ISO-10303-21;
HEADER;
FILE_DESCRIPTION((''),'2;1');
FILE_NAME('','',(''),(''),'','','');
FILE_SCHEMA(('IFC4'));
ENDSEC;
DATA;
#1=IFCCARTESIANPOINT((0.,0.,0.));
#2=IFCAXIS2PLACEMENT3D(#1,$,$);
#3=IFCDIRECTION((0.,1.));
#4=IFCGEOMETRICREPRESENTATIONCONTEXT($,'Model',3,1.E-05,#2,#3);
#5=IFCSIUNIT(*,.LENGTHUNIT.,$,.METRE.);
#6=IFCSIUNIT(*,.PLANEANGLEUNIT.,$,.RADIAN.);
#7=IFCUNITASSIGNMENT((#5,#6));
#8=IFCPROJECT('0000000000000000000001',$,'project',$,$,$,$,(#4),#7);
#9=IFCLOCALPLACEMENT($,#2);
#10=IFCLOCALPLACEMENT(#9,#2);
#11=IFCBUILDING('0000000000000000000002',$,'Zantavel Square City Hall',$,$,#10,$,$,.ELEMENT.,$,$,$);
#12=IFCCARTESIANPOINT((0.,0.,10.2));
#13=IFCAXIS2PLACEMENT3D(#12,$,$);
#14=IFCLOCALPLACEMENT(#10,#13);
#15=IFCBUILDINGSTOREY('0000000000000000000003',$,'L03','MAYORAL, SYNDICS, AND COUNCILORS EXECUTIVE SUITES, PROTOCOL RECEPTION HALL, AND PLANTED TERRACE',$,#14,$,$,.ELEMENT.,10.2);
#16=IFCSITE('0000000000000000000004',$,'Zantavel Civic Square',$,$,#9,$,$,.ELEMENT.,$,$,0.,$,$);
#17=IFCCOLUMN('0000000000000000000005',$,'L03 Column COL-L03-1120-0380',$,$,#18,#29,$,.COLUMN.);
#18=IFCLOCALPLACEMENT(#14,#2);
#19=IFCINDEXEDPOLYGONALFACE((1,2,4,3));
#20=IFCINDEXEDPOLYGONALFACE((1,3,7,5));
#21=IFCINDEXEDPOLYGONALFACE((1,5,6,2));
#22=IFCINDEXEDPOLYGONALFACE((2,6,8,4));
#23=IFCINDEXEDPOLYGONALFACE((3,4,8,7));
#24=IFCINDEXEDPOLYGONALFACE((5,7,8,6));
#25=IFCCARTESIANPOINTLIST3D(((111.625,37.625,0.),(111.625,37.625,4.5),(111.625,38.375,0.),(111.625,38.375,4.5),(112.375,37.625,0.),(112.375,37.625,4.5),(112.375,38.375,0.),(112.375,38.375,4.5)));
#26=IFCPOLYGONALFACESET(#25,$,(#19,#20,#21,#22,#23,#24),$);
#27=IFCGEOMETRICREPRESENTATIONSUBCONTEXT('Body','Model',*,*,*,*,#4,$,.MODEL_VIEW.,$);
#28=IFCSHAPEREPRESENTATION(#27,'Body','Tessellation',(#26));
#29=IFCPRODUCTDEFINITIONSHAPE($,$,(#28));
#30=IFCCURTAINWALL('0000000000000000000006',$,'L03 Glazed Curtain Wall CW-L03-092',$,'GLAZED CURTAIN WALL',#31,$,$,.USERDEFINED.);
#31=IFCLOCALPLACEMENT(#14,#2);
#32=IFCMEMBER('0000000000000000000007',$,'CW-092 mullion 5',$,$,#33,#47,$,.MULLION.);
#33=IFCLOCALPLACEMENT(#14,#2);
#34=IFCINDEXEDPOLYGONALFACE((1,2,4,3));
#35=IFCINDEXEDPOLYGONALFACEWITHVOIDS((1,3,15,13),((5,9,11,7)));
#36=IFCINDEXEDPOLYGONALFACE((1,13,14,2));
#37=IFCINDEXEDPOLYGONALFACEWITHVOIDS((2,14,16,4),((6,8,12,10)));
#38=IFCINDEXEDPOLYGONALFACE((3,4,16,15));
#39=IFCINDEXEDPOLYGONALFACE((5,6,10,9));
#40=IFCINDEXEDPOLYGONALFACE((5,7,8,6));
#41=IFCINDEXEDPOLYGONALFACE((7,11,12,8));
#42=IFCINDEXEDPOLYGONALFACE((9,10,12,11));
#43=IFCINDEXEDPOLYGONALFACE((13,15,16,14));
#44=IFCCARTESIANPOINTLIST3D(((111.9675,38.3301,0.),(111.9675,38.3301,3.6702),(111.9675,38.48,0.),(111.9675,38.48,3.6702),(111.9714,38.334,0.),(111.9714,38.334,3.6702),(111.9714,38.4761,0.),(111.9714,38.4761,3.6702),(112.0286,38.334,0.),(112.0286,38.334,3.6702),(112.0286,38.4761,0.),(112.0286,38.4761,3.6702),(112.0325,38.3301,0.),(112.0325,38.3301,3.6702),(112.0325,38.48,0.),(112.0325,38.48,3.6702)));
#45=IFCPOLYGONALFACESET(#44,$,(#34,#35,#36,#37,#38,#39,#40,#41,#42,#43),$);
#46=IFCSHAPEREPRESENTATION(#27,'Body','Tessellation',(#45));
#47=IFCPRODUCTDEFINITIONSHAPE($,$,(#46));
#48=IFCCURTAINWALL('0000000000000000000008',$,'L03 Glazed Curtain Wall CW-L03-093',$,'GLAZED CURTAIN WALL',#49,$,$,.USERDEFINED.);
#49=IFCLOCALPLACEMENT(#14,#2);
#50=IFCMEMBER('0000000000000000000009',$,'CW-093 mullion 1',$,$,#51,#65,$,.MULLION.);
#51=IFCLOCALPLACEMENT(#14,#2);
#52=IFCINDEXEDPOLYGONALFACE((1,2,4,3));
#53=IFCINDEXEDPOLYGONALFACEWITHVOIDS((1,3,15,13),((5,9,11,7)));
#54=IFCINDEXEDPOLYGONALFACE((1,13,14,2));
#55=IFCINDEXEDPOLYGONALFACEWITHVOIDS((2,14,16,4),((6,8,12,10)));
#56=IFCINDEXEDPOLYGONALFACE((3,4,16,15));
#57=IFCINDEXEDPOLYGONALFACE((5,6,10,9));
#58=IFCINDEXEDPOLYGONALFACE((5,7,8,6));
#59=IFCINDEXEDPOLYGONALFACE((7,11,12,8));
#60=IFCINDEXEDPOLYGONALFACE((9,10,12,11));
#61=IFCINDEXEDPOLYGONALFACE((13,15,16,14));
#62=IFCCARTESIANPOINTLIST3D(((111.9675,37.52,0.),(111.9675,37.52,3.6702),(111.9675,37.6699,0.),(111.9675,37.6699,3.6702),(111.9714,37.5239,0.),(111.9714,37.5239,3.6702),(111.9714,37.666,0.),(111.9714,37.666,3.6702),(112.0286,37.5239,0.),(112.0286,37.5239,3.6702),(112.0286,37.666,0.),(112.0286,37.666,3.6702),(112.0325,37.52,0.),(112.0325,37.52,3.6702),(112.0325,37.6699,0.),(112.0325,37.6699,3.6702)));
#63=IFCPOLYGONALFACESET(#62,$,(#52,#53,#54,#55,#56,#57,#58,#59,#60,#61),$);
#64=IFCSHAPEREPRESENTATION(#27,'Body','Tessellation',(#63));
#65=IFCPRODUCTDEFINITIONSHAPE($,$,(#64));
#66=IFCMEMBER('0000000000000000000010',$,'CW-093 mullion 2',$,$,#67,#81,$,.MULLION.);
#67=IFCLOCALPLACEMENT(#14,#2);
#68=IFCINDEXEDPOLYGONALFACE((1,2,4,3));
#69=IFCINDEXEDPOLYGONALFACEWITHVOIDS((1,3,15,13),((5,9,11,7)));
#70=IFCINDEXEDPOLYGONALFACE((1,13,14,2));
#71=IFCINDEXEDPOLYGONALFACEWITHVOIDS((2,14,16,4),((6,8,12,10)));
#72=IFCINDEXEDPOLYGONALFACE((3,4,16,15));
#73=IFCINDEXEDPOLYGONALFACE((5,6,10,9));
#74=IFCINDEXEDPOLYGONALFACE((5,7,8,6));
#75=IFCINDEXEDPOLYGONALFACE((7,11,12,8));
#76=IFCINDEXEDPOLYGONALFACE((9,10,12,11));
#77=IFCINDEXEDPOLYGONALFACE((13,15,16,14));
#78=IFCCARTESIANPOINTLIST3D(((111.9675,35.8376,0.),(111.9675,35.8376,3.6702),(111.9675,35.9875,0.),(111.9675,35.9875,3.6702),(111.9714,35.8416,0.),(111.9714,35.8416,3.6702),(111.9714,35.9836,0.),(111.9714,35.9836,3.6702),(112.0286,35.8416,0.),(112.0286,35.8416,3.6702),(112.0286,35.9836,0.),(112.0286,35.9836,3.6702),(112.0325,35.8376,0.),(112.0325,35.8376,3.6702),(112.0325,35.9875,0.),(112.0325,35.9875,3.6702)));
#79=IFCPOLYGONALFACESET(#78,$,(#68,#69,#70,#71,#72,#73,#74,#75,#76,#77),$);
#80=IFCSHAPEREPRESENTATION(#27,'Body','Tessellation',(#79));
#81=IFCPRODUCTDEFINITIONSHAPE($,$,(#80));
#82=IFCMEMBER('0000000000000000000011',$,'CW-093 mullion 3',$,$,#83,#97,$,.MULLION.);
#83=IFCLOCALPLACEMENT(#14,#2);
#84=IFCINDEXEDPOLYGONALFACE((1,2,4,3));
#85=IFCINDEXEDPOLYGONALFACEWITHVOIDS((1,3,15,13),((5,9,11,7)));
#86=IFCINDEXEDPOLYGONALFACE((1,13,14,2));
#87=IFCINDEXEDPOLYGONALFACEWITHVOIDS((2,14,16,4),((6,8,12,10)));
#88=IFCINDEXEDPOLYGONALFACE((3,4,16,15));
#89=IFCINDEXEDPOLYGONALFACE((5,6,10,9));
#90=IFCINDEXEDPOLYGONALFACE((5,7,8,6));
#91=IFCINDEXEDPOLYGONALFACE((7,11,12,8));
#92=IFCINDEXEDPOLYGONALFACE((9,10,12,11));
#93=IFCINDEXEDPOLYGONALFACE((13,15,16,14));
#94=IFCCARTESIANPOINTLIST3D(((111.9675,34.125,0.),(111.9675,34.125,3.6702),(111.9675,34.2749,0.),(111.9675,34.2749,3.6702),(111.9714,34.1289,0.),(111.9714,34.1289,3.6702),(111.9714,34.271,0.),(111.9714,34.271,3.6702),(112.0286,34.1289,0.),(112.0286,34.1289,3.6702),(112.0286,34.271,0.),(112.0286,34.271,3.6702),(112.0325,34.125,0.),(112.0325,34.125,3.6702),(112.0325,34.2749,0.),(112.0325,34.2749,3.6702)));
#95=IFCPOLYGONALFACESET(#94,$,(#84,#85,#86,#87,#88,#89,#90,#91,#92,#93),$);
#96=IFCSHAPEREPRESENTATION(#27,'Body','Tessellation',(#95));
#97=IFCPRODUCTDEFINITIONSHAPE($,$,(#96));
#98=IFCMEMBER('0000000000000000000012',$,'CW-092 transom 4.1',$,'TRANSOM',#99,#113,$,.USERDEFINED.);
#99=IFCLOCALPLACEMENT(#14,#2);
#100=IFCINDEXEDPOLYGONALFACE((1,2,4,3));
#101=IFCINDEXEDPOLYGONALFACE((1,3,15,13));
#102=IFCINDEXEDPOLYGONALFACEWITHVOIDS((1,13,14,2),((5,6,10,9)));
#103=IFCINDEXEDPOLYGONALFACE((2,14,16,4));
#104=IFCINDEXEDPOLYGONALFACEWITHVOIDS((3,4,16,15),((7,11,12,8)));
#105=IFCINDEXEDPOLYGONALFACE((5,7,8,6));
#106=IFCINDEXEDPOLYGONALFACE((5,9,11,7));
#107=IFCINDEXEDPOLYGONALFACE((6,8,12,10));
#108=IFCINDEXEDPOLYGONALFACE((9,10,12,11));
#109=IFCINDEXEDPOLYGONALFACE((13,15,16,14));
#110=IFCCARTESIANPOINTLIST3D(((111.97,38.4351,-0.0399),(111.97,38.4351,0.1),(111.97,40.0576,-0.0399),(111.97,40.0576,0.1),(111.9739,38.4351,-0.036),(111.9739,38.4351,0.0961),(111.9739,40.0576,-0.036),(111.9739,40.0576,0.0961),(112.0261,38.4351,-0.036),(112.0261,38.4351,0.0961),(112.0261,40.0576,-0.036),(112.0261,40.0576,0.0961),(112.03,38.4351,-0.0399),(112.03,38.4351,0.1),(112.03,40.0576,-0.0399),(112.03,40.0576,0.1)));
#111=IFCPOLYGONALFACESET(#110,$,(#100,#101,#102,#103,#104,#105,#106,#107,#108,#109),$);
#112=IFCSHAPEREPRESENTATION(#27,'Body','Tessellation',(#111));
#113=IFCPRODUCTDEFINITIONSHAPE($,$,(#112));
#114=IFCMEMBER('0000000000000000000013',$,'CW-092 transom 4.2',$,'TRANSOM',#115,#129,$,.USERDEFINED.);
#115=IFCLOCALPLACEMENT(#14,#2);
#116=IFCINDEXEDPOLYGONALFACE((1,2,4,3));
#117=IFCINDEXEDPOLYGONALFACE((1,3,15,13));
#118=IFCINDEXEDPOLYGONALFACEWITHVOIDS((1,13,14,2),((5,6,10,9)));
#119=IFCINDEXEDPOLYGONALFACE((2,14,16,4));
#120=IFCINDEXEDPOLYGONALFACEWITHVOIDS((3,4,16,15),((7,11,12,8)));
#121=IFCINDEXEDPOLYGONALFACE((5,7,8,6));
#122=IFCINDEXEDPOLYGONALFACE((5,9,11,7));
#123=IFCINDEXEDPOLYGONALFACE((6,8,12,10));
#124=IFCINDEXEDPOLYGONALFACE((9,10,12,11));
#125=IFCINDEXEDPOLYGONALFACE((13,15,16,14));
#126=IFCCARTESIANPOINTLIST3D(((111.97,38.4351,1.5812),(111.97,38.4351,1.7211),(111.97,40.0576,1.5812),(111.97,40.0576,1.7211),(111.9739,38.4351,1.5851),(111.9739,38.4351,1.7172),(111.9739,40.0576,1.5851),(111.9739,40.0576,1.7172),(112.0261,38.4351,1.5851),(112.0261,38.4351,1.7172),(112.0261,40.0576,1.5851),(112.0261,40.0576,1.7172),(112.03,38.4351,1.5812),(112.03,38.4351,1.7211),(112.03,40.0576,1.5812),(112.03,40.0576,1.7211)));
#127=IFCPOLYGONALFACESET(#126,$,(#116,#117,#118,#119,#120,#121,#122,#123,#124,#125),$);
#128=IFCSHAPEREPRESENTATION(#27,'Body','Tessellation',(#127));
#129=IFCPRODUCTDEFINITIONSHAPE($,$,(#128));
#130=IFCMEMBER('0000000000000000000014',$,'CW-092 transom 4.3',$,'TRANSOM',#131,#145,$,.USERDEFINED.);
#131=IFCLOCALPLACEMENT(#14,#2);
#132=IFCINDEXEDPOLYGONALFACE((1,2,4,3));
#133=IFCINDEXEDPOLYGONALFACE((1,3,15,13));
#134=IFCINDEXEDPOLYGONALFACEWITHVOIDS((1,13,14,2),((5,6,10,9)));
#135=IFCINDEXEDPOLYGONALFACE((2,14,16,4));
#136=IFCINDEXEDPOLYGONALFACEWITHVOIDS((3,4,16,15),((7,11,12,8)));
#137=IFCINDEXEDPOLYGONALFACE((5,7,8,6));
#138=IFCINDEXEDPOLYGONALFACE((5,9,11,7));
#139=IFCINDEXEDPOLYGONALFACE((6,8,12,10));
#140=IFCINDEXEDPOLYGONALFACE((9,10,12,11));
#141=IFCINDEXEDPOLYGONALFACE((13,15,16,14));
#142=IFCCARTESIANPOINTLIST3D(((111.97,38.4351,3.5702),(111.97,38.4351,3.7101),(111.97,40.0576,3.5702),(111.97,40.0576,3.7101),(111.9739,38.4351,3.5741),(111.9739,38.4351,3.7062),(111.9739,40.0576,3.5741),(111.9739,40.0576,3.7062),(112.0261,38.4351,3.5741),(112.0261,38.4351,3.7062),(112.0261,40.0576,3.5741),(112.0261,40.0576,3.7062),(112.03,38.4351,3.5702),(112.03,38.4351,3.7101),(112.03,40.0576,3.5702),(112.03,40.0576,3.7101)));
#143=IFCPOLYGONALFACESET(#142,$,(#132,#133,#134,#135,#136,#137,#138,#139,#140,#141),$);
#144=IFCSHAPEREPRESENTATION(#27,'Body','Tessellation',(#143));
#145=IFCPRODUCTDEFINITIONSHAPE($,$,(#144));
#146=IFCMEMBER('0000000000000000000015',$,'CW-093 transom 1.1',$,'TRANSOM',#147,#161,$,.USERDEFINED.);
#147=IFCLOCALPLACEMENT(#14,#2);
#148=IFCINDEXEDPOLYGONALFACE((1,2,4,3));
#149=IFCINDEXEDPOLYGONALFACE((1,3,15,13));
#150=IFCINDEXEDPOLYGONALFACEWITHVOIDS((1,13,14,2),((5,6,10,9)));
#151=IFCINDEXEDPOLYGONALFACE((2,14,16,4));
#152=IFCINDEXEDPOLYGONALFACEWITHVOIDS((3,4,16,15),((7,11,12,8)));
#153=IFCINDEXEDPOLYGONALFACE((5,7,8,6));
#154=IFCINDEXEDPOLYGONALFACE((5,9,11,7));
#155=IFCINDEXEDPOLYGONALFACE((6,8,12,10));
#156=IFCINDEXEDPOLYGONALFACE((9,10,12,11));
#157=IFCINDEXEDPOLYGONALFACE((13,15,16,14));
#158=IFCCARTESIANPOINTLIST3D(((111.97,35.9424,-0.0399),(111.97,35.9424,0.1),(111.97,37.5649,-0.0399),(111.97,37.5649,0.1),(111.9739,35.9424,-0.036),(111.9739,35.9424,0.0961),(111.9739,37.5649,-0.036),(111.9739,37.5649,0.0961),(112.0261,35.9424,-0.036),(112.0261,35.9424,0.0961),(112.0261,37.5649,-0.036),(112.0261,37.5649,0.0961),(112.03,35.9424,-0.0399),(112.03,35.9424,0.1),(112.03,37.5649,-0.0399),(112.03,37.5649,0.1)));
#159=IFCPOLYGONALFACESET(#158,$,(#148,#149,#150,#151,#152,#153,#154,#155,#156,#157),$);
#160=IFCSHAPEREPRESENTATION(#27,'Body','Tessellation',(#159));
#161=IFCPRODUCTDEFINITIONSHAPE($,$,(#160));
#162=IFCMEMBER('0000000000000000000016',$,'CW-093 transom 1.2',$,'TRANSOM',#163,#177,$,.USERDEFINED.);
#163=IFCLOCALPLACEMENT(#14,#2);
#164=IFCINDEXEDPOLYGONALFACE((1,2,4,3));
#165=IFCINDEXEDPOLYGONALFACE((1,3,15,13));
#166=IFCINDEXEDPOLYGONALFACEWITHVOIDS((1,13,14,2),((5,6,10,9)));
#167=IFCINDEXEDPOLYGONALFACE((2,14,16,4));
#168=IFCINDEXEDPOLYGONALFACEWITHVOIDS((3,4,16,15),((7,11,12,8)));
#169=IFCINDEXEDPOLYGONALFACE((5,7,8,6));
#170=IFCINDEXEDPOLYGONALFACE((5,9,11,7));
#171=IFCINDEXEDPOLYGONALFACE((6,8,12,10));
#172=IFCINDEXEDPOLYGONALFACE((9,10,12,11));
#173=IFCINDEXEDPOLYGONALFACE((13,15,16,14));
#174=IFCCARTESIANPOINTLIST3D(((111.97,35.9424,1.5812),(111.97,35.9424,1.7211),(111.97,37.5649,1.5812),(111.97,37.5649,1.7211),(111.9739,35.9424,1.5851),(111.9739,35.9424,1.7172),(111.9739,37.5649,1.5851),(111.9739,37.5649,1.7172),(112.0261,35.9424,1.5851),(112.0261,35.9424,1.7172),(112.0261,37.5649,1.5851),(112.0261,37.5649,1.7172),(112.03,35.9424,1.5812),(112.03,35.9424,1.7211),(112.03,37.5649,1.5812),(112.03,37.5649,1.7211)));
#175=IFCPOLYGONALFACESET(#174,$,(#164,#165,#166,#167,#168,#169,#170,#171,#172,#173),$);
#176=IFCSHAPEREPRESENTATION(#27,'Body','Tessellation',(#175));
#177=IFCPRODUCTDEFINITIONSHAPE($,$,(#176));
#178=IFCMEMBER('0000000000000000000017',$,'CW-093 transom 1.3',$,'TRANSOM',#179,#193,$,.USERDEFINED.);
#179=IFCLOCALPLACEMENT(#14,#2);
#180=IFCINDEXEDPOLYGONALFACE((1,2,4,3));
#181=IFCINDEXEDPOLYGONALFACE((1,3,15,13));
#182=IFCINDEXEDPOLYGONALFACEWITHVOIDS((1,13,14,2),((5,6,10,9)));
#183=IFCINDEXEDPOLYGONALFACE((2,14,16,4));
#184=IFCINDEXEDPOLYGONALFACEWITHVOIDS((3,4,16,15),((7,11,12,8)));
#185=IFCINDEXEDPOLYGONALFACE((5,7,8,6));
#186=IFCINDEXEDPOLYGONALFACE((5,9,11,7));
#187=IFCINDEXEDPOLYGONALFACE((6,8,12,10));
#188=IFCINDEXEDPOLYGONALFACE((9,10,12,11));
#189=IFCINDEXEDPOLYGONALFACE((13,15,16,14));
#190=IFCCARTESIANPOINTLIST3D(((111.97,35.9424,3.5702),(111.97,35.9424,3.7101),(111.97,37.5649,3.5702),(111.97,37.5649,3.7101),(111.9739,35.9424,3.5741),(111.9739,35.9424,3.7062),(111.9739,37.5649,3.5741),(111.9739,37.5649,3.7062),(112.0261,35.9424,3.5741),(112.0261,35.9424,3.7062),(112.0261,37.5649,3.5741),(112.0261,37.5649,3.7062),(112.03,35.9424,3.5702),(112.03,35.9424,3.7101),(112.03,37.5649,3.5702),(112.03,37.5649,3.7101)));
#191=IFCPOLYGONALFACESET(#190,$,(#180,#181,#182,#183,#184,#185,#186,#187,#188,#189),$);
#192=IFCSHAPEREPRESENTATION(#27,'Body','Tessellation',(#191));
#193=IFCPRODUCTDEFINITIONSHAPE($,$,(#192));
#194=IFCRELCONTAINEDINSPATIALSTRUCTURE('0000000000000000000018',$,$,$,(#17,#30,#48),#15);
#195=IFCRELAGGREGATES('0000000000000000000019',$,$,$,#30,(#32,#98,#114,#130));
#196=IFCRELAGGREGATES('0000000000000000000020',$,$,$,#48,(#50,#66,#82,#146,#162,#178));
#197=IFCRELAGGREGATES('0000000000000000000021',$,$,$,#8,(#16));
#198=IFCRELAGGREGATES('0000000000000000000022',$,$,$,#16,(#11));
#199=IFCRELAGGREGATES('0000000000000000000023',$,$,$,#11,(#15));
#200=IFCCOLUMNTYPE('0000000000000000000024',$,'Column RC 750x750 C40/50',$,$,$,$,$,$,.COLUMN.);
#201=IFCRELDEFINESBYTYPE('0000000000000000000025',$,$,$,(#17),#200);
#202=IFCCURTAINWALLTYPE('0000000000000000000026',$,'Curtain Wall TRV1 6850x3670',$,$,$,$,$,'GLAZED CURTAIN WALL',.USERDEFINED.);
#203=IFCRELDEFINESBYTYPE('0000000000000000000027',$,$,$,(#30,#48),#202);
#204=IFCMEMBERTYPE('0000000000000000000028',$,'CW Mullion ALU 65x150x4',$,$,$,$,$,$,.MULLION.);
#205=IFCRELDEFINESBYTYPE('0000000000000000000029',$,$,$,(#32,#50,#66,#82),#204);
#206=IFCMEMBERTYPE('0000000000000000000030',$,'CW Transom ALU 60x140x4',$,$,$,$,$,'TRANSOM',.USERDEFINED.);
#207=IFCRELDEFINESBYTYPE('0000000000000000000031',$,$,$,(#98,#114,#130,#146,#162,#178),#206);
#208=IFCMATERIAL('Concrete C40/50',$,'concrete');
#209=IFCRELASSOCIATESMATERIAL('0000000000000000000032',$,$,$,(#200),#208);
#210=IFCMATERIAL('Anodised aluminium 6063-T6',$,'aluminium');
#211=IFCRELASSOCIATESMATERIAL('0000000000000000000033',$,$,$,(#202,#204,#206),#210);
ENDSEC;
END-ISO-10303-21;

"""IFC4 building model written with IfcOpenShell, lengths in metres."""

from ifc_helpers import new_model, si_unit, direction, frame, origin, origin_2d, place, context, subcontext, project, spatial, rectangle, hollow_rectangle, extrude, material, material_profile, profile_set, type_object, element, aggregate, save


model = new_model("IFC4")

# Units and contexts
model_context = context("Model", 3, precision=1e-05, world=origin(), true_north=direction((0.0, 1.0)))
body_context = subcontext(model_context, "Body", "Model", "MODEL_VIEW")
ifc_project = project(units=[si_unit("LENGTHUNIT", "METRE"), si_unit("PLANEANGLEUNIT", "RADIAN")], contexts=[model_context])

# Site, building, storey
site_placement = place(None, origin())
site = spatial("IfcSite", under=ifc_project, at=site_placement, Name="Zantavel Civic Square", CompositionType="ELEMENT", RefElevation=0.0)
building_placement = place(site_placement, origin())
building = spatial("IfcBuilding", under=site, at=building_placement, Name="Zantavel Square City Hall", CompositionType="ELEMENT")
storey_placement = place(building_placement, frame((0.0, 0.0, 10.2)))
storey = spatial("IfcBuildingStorey", under=building, at=storey_placement, Name="L03", Description="MAYORAL, SYNDICS, AND COUNCILORS EXECUTIVE SUITES, PROTOCOL RECEPTION HALL, AND PLANTED TERRACE", CompositionType="ELEMENT", Elevation=10.2)

# Column
ifc_material_1 = material(Name="Concrete C40/50", Category="concrete")
ifc_material_profile_1 = material_profile(ifc_material_1, rectangle(XDim=0.75, YDim=0.75, at=origin_2d()), Name="RC 750x750")
ifc_profile_set_1 = profile_set([ifc_material_profile_1], Name="Concrete C40/50")
column_type = type_object("IfcColumnType", Name="Column RC 750x750 C40/50", PredefinedType="COLUMN", material=ifc_profile_set_1)
column_placement = place(storey_placement, frame((112.0, 38.0, 0.0), z_axis=(0.0, 0.0, 1.0), x_axis=(1.0, 0.0, 0.0)))
element("IfcColumn", 1, at=column_placement, inside=storey, type_object=column_type, Name="L03 Column COL-L03-1120-0380", PredefinedType="COLUMN", context=body_context, shape_type="SweptSolid", body=[
    extrude(rectangle(XDim=0.75, YDim=0.75, at=origin_2d()), origin(), (0.0, 0.0, 1.0), 4.5),
])

# Curtain wall, member
ifc_material_2 = material(Name="Anodised aluminium 6063-T6", Category="aluminium")
curtain_wall_type = type_object("IfcCurtainWallType", Name="Curtain Wall TRV1 6850x3670", ElementType="GLAZED CURTAIN WALL", PredefinedType="USERDEFINED", material=ifc_material_2)
curtain_wall_1_placement = place(storey_placement, origin())
curtain_wall_1 = element("IfcCurtainWall", 2, at=curtain_wall_1_placement, inside=storey, type_object=curtain_wall_type, Name="L03 Glazed Curtain Wall CW-L03-092", ObjectType="GLAZED CURTAIN WALL", PredefinedType="USERDEFINED")
ifc_material_profile_2 = material_profile(ifc_material_2, hollow_rectangle(XDim=0.0649, YDim=0.1499, WallThickness=0.0039, at=origin_2d()), Name="ALU 65x150x4")
ifc_profile_set_2 = profile_set([ifc_material_profile_2], Name="Anodised aluminium 6063-T6")
member_type_1 = type_object("IfcMemberType", Name="CW Mullion ALU 65x150x4", PredefinedType="MULLION", material=ifc_profile_set_2)
member_1_placement = place(storey_placement, frame((112.0, 38.405, 0.0), z_axis=(0.0, 0.0, 1.0), x_axis=(1.0, 0.0, 0.0)))
member_1 = element("IfcMember", 3, at=member_1_placement, type_object=member_type_1, Name="CW-092 mullion 5", PredefinedType="MULLION", context=body_context, shape_type="SweptSolid", body=[
    extrude(hollow_rectangle(XDim=0.0649, YDim=0.1499, WallThickness=0.0039, at=origin_2d()), origin(), (0.0, 0.0, 1.0), 3.6702),
])

# Curtain wall, members
curtain_wall_2_placement = place(storey_placement, origin())
curtain_wall_2 = element("IfcCurtainWall", 4, at=curtain_wall_2_placement, inside=storey, type_object=curtain_wall_type, Name="L03 Glazed Curtain Wall CW-L03-093", ObjectType="GLAZED CURTAIN WALL", PredefinedType="USERDEFINED")
member_2_placement = place(storey_placement, frame((112.0, 37.595, 0.0), z_axis=(0.0, 0.0, 1.0), x_axis=(1.0, 0.0, 0.0)))
member_2 = element("IfcMember", 5, at=member_2_placement, type_object=member_type_1, Name="CW-093 mullion 1", PredefinedType="MULLION", context=body_context, shape_type="SweptSolid", body=[
    extrude(hollow_rectangle(XDim=0.0649, YDim=0.1499, WallThickness=0.0039, at=origin_2d()), origin(), (0.0, 0.0, 1.0), 3.6702),
])
member_3_placement = place(storey_placement, frame((112.0, 35.9126, 0.0), z_axis=(0.0, 0.0, 1.0), x_axis=(1.0, 0.0, 0.0)))
member_3 = element("IfcMember", 6, at=member_3_placement, type_object=member_type_1, Name="CW-093 mullion 2", PredefinedType="MULLION", context=body_context, shape_type="SweptSolid", body=[
    extrude(hollow_rectangle(XDim=0.0649, YDim=0.1499, WallThickness=0.0039, at=origin_2d()), origin(), (0.0, 0.0, 1.0), 3.6702),
])
member_4_placement = place(storey_placement, frame((112.0, 34.2, 0.0), z_axis=(0.0, 0.0, 1.0), x_axis=(1.0, 0.0, 0.0)))
member_4 = element("IfcMember", 7, at=member_4_placement, type_object=member_type_1, Name="CW-093 mullion 3", PredefinedType="MULLION", context=body_context, shape_type="SweptSolid", body=[
    extrude(hollow_rectangle(XDim=0.0649, YDim=0.1499, WallThickness=0.0039, at=origin_2d()), origin(), (0.0, 0.0, 1.0), 3.6702),
])

# Members
ifc_material_profile_3 = material_profile(ifc_material_2, hollow_rectangle(XDim=0.0601, YDim=0.1399, WallThickness=0.0039, at=origin_2d()), Name="ALU 60x140x4")
ifc_profile_set_3 = profile_set([ifc_material_profile_3], Name="Anodised aluminium 6063-T6")
member_type_2 = type_object("IfcMemberType", Name="CW Transom ALU 60x140x4", ElementType="TRANSOM", PredefinedType="USERDEFINED", material=ifc_profile_set_3)
member_5_placement = place(storey_placement, frame((112.0, 40.0576, 0.03), z_axis=(0.0, -1.0, 0.0), x_axis=(1.0, 0.0, 0.0)))
member_5 = element("IfcMember", 8, at=member_5_placement, type_object=member_type_2, Name="CW-092 transom 4.1", ObjectType="TRANSOM", PredefinedType="USERDEFINED", context=body_context, shape_type="SweptSolid", body=[
    extrude(hollow_rectangle(XDim=0.0601, YDim=0.1399, WallThickness=0.0039, at=origin_2d()), origin(), (0.0, 0.0, 1.0), 1.6226),
])
member_6_placement = place(storey_placement, frame((112.0, 40.0576, 1.6511), z_axis=(0.0, -1.0, 0.0), x_axis=(1.0, 0.0, 0.0)))
member_6 = element("IfcMember", 9, at=member_6_placement, type_object=member_type_2, Name="CW-092 transom 4.2", ObjectType="TRANSOM", PredefinedType="USERDEFINED", context=body_context, shape_type="SweptSolid", body=[
    extrude(hollow_rectangle(XDim=0.0601, YDim=0.1399, WallThickness=0.0039, at=origin_2d()), origin(), (0.0, 0.0, 1.0), 1.6226),
])
member_7_placement = place(storey_placement, frame((112.0, 40.0576, 3.6401), z_axis=(0.0, -1.0, 0.0), x_axis=(1.0, 0.0, 0.0)))
member_7 = element("IfcMember", 10, at=member_7_placement, type_object=member_type_2, Name="CW-092 transom 4.3", ObjectType="TRANSOM", PredefinedType="USERDEFINED", context=body_context, shape_type="SweptSolid", body=[
    extrude(hollow_rectangle(XDim=0.0601, YDim=0.1399, WallThickness=0.0039, at=origin_2d()), origin(), (0.0, 0.0, 1.0), 1.6226),
])
member_8_placement = place(storey_placement, frame((112.0, 37.5649, 0.03), z_axis=(0.0, -1.0, 0.0), x_axis=(1.0, 0.0, 0.0)))
member_8 = element("IfcMember", 11, at=member_8_placement, type_object=member_type_2, Name="CW-093 transom 1.1", ObjectType="TRANSOM", PredefinedType="USERDEFINED", context=body_context, shape_type="SweptSolid", body=[
    extrude(hollow_rectangle(XDim=0.0601, YDim=0.1399, WallThickness=0.0039, at=origin_2d()), origin(), (0.0, 0.0, 1.0), 1.6226),
])
member_9_placement = place(storey_placement, frame((112.0, 37.5649, 1.6511), z_axis=(0.0, -1.0, 0.0), x_axis=(1.0, 0.0, 0.0)))
member_9 = element("IfcMember", 12, at=member_9_placement, type_object=member_type_2, Name="CW-093 transom 1.2", ObjectType="TRANSOM", PredefinedType="USERDEFINED", context=body_context, shape_type="SweptSolid", body=[
    extrude(hollow_rectangle(XDim=0.0601, YDim=0.1399, WallThickness=0.0039, at=origin_2d()), origin(), (0.0, 0.0, 1.0), 1.6226),
])
member_10_placement = place(storey_placement, frame((112.0, 37.5649, 3.6401), z_axis=(0.0, -1.0, 0.0), x_axis=(1.0, 0.0, 0.0)))
member_10 = element("IfcMember", 13, at=member_10_placement, type_object=member_type_2, Name="CW-093 transom 1.3", ObjectType="TRANSOM", PredefinedType="USERDEFINED", context=body_context, shape_type="SweptSolid", body=[
    extrude(hollow_rectangle(XDim=0.0601, YDim=0.1399, WallThickness=0.0039, at=origin_2d()), origin(), (0.0, 0.0, 1.0), 1.6226),
])

aggregate(curtain_wall_1, [member_1, member_5, member_6, member_7])
aggregate(curtain_wall_2, [member_2, member_3, member_4, member_8, member_9, member_10])

save(model, "model.ifc")
